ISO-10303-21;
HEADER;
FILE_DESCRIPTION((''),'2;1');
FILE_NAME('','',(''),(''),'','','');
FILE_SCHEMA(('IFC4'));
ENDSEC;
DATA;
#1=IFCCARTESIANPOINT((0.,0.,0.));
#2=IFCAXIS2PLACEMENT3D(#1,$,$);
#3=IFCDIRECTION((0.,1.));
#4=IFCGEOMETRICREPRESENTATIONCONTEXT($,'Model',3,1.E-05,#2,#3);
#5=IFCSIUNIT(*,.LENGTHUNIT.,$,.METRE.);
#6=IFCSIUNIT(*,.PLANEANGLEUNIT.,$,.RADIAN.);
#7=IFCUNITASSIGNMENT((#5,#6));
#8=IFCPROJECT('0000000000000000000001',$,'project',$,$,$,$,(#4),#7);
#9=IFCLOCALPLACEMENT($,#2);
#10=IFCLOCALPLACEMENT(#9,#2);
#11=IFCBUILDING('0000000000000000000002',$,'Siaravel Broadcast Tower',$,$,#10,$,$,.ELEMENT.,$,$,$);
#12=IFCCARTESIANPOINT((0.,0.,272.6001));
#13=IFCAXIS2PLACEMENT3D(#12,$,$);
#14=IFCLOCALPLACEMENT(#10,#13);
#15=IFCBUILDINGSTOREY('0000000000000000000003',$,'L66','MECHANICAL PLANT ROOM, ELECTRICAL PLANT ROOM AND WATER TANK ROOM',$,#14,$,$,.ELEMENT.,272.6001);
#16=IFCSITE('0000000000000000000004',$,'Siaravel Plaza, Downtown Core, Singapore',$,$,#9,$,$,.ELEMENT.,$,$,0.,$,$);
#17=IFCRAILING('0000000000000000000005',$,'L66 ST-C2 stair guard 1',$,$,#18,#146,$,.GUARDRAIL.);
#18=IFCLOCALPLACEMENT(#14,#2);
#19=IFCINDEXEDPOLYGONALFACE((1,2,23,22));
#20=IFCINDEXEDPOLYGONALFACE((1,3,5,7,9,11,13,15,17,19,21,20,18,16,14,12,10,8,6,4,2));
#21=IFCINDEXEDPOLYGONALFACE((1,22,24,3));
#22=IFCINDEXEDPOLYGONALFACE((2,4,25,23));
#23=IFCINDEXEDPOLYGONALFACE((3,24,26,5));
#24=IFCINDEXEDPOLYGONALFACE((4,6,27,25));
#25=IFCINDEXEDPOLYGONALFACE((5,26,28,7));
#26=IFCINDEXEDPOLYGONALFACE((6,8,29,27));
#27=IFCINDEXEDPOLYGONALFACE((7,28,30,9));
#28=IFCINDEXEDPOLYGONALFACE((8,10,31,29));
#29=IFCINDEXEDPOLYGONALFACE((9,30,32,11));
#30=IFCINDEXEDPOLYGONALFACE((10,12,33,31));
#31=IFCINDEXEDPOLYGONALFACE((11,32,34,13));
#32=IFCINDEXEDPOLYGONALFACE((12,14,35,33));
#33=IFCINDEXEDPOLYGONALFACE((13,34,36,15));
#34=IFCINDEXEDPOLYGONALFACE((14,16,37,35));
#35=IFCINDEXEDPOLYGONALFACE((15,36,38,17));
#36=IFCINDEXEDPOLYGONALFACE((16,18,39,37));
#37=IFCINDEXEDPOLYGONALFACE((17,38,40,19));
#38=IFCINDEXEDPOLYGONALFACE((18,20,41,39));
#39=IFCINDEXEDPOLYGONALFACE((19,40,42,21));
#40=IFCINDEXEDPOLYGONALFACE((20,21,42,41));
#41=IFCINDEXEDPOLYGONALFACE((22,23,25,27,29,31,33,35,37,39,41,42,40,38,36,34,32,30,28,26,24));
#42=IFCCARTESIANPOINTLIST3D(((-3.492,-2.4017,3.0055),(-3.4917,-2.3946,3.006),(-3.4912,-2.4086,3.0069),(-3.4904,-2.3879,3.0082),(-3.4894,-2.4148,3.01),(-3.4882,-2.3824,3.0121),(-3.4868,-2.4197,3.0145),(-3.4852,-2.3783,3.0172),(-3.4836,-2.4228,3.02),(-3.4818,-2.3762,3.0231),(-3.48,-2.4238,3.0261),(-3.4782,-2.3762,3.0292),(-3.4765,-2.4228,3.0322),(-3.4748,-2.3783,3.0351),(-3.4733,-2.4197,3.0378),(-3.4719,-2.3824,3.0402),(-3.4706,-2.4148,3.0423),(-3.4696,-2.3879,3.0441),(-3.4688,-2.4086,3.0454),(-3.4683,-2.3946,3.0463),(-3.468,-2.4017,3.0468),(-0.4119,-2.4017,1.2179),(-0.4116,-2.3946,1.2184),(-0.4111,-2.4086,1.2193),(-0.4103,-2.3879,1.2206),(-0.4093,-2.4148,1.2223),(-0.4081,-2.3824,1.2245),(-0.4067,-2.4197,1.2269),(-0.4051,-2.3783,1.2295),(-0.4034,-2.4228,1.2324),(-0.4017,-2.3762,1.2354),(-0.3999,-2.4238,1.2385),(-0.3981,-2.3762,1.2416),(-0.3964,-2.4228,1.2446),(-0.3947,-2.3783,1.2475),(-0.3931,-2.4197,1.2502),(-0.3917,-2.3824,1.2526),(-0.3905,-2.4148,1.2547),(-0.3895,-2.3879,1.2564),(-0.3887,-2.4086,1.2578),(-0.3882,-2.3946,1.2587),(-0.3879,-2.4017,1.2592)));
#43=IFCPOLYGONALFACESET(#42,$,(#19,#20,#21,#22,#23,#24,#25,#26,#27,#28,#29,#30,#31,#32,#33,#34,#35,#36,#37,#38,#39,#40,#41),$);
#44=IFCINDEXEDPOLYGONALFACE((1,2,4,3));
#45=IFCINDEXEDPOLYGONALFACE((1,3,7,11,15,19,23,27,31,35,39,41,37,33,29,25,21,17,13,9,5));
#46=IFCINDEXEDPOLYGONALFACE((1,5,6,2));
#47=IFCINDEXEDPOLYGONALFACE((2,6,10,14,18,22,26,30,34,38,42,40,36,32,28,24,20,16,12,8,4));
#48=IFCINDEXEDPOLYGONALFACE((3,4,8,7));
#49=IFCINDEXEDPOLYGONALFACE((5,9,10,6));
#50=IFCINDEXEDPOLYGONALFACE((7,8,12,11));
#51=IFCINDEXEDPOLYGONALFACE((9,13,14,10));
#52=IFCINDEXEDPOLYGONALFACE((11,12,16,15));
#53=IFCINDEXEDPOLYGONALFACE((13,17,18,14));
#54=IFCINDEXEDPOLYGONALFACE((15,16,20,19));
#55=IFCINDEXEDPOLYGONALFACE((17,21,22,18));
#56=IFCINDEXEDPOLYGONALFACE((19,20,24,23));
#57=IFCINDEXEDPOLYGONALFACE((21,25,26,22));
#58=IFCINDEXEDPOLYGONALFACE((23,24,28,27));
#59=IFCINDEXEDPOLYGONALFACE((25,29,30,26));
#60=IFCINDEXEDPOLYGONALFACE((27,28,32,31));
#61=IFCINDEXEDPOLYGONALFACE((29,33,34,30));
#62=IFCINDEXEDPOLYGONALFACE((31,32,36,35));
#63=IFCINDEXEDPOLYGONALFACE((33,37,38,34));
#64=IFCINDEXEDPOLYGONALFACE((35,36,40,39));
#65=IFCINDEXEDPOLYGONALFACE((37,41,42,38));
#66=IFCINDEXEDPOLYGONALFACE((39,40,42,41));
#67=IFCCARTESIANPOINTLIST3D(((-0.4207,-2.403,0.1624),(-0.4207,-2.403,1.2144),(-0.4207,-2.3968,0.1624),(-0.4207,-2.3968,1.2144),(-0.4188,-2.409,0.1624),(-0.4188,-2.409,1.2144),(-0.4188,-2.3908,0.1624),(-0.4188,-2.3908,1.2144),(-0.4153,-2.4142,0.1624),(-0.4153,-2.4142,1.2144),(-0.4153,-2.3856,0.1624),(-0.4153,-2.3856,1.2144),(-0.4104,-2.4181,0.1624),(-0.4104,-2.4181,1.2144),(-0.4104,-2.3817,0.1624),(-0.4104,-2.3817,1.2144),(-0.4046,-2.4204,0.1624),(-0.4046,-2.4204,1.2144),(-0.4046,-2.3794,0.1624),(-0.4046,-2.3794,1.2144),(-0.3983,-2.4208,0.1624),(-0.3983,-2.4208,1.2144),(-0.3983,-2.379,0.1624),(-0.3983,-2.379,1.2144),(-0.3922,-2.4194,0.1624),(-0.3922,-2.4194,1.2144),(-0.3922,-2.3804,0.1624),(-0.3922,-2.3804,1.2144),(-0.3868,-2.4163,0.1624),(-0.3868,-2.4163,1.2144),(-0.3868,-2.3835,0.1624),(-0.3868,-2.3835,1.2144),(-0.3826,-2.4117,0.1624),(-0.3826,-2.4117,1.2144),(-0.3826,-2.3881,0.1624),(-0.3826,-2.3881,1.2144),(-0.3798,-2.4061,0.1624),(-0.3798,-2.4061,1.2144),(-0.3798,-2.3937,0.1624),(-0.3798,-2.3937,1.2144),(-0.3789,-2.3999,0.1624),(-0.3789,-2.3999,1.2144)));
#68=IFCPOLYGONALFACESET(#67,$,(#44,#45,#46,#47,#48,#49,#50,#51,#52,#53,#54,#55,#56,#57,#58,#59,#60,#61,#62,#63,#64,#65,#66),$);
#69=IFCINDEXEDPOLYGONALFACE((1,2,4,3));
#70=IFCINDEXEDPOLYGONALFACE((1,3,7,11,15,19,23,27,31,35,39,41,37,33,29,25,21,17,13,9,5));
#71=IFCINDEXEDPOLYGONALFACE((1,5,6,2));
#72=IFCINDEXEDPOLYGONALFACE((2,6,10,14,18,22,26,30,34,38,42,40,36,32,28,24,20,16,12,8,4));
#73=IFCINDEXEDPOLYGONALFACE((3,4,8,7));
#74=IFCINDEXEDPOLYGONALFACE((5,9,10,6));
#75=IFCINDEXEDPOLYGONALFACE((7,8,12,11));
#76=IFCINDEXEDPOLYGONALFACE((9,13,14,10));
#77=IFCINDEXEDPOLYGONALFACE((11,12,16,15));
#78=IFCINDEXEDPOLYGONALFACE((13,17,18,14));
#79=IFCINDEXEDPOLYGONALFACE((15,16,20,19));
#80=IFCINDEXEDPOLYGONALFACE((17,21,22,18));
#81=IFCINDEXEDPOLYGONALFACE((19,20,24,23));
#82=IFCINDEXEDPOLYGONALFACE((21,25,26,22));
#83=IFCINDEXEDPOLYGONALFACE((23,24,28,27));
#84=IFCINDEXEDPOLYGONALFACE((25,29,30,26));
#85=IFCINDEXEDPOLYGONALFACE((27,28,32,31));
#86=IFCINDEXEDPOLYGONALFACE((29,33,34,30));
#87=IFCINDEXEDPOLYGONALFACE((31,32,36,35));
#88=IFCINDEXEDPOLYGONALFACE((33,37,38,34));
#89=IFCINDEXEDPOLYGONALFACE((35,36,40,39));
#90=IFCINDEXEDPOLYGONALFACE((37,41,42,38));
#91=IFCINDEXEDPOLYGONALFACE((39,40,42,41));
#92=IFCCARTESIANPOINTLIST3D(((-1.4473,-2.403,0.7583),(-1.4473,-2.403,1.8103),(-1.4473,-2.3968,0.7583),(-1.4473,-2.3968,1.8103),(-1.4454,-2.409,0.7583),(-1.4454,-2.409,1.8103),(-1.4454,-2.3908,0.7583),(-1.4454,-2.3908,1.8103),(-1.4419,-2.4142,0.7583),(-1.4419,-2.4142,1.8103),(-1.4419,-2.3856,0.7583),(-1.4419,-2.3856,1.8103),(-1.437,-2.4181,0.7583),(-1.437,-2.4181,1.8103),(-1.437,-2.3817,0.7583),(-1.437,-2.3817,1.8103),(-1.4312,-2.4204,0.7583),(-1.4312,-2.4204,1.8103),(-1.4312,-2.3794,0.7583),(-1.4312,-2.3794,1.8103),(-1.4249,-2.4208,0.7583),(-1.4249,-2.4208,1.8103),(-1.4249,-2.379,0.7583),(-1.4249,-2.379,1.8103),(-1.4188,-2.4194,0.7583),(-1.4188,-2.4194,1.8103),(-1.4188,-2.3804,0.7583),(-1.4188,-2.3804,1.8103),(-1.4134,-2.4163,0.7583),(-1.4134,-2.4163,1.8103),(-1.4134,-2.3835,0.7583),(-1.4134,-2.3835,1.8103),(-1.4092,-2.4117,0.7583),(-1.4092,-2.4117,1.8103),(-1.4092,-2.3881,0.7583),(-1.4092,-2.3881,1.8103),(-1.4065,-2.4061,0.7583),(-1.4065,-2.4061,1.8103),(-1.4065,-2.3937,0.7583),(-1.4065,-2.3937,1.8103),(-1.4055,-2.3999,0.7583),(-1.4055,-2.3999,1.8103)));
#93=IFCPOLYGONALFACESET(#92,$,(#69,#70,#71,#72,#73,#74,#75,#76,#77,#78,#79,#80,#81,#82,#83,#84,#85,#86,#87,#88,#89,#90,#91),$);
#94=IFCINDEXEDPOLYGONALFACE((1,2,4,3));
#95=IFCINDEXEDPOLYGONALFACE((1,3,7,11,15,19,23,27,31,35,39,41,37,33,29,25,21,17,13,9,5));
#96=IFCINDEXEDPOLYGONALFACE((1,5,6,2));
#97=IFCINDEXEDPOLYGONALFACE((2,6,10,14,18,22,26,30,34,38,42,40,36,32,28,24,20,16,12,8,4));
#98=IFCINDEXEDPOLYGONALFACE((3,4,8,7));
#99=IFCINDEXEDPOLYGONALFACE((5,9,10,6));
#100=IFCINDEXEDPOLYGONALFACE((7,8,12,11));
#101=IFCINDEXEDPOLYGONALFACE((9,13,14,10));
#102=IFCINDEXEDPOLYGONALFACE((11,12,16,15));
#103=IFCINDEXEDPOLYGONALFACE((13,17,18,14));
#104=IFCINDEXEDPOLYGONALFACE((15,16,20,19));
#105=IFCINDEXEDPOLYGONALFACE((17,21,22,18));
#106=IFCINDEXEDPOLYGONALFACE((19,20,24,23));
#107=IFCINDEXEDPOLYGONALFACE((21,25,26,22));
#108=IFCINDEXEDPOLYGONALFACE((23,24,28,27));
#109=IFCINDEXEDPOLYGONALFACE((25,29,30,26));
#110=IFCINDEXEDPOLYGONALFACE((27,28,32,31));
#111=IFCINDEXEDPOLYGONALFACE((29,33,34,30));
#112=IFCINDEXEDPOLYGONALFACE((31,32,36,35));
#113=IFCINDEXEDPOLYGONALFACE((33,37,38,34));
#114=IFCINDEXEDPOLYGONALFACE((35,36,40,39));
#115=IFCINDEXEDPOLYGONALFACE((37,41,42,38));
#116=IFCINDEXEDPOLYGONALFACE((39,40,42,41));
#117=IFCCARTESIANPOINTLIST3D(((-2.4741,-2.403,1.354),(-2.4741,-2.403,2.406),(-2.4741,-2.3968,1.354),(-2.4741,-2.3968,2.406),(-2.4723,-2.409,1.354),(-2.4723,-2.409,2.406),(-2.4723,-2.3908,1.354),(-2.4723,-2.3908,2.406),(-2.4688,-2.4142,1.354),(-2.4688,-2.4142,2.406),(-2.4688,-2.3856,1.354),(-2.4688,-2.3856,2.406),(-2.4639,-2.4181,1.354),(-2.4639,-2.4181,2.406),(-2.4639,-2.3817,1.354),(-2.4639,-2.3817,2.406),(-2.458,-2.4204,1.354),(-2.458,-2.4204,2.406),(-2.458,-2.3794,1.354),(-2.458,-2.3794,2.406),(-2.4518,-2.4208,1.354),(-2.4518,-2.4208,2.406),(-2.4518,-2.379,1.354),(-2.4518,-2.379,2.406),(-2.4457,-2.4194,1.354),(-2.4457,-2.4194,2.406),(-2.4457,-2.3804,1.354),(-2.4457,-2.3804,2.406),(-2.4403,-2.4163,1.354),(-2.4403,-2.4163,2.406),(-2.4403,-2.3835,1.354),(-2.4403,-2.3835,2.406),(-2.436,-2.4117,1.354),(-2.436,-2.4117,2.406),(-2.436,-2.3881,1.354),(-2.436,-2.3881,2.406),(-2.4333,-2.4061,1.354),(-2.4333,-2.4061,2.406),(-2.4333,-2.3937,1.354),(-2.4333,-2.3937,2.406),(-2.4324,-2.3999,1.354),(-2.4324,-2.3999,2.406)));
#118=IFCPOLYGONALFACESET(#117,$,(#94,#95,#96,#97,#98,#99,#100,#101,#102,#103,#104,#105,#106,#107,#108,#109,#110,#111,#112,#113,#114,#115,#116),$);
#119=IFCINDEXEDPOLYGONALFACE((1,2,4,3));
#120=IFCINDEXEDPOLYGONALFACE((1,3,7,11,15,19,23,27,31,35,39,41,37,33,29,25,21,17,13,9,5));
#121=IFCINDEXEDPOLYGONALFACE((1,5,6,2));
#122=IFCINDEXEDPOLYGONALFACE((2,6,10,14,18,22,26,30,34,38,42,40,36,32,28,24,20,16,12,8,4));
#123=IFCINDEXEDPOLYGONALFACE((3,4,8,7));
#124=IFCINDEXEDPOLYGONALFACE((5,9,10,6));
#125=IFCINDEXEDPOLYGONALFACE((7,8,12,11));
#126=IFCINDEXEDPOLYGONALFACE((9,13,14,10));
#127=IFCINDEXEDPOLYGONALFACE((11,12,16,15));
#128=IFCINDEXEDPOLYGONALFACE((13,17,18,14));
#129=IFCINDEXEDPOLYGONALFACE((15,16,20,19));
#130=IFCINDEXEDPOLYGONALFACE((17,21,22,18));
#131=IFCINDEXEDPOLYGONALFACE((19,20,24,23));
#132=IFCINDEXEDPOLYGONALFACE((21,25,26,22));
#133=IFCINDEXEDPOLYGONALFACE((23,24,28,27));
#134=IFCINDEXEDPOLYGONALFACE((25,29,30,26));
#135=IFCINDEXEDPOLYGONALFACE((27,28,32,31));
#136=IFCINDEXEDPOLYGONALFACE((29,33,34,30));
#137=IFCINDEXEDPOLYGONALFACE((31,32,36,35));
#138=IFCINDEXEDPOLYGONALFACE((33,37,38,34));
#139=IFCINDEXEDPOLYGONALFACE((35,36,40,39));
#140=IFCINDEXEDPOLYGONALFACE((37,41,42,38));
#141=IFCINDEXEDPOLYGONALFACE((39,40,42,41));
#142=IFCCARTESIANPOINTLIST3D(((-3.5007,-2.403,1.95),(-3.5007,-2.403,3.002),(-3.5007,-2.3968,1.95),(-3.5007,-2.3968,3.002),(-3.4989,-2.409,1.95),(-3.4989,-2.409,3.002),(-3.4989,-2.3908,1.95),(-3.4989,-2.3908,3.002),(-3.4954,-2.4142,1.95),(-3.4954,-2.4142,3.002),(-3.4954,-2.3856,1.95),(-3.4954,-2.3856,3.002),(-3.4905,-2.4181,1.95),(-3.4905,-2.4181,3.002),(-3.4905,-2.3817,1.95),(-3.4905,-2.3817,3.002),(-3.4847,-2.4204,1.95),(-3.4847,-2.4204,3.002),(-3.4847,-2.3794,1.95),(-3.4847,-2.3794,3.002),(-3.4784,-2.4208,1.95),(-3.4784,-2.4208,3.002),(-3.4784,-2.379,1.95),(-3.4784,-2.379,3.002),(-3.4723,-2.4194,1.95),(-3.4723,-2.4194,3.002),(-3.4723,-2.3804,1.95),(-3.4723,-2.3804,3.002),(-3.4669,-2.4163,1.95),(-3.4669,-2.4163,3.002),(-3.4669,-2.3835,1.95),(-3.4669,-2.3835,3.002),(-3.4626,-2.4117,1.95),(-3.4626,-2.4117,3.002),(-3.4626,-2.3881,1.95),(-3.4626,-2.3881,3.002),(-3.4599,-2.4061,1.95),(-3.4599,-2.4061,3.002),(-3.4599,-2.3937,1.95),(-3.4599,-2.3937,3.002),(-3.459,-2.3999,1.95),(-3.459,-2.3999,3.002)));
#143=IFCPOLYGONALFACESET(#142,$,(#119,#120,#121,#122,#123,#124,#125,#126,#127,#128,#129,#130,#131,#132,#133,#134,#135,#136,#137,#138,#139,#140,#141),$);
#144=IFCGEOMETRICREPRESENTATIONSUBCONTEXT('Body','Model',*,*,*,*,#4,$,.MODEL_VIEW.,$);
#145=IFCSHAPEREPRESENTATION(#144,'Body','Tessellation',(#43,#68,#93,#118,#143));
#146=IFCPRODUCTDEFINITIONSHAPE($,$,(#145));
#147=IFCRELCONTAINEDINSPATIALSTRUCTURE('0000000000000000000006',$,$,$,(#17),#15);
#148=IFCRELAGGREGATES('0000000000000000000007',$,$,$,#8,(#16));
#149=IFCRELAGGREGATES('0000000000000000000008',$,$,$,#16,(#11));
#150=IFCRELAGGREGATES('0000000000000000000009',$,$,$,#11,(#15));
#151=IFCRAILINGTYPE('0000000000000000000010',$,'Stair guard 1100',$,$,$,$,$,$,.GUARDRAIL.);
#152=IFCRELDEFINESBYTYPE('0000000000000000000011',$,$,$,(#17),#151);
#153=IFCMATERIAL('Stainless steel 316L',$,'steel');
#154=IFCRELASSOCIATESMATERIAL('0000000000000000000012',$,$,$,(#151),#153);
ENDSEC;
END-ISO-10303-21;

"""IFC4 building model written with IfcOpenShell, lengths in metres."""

from ifc_helpers import new_model, si_unit, direction, frame, origin, origin_2d, place, context, subcontext, project, spatial, circle, extrude, material, type_object, element, save


model = new_model("IFC4")

# Units and contexts
model_context = context("Model", 3, precision=1e-05, world=origin(), true_north=direction((0.0, 1.0)))
body_context = subcontext(model_context, "Body", "Model", "MODEL_VIEW")
ifc_project = project(units=[si_unit("LENGTHUNIT", "METRE"), si_unit("PLANEANGLEUNIT", "RADIAN")], contexts=[model_context])

# Site, building, storey
site_placement = place(None, origin())
site = spatial("IfcSite", under=ifc_project, at=site_placement, Name="Siaravel Plaza, Downtown Core, Singapore", CompositionType="ELEMENT", RefElevation=0.0)
building_placement = place(site_placement, origin())
building = spatial("IfcBuilding", under=site, at=building_placement, Name="Siaravel Broadcast Tower", CompositionType="ELEMENT")
storey_placement = place(building_placement, frame((0.0, 0.0, 272.6001)))
storey = spatial("IfcBuildingStorey", under=building, at=storey_placement, Name="L66", Description="MECHANICAL PLANT ROOM, ELECTRICAL PLANT ROOM AND WATER TANK ROOM", CompositionType="ELEMENT", Elevation=272.6001)

# Shared definitions
ifc_material_1 = material(Name="Stainless steel 316L", Category="steel")

# Railing
railing_type_1 = type_object("IfcRailingType", Name="Stair guard 1100", PredefinedType="GUARDRAIL", material=ifc_material_1)
railing_1_placement = place(storey_placement, frame((-0.3999, -2.3999, 0.1624)))
element("IfcRailing", 1, at=railing_1_placement, inside=storey, type_object=railing_type_1, Name="L66 ST-C2 stair guard 1", PredefinedType="GUARDRAIL", context=body_context, shape_type="SweptSolid", body=[
    extrude(circle(Radius=0.0239, at=origin_2d()), frame((0.0, 0.0, 1.0762), z_axis=(-0.864891, 0.0, 0.50196), x_axis=(0.0, -1.0, 0.0)), (0.0, 0.0, 1.0), 3.5613),
    extrude(circle(Radius=0.021, at=origin_2d()), origin(), (0.0, 0.0, 1.0), 1.052),
    extrude(circle(Radius=0.021, at=origin_2d()), frame((-1.0266, 0.0, 0.5959)), (0.0, 0.0, 1.0), 1.052),
    extrude(circle(Radius=0.021, at=origin_2d()), frame((-2.0535, 0.0, 1.1917)), (0.0, 0.0, 1.0), 1.052),
    extrude(circle(Radius=0.021, at=origin_2d()), frame((-3.0801, 0.0, 1.7876)), (0.0, 0.0, 1.0), 1.052),
])

save(model, "model.ifc")
